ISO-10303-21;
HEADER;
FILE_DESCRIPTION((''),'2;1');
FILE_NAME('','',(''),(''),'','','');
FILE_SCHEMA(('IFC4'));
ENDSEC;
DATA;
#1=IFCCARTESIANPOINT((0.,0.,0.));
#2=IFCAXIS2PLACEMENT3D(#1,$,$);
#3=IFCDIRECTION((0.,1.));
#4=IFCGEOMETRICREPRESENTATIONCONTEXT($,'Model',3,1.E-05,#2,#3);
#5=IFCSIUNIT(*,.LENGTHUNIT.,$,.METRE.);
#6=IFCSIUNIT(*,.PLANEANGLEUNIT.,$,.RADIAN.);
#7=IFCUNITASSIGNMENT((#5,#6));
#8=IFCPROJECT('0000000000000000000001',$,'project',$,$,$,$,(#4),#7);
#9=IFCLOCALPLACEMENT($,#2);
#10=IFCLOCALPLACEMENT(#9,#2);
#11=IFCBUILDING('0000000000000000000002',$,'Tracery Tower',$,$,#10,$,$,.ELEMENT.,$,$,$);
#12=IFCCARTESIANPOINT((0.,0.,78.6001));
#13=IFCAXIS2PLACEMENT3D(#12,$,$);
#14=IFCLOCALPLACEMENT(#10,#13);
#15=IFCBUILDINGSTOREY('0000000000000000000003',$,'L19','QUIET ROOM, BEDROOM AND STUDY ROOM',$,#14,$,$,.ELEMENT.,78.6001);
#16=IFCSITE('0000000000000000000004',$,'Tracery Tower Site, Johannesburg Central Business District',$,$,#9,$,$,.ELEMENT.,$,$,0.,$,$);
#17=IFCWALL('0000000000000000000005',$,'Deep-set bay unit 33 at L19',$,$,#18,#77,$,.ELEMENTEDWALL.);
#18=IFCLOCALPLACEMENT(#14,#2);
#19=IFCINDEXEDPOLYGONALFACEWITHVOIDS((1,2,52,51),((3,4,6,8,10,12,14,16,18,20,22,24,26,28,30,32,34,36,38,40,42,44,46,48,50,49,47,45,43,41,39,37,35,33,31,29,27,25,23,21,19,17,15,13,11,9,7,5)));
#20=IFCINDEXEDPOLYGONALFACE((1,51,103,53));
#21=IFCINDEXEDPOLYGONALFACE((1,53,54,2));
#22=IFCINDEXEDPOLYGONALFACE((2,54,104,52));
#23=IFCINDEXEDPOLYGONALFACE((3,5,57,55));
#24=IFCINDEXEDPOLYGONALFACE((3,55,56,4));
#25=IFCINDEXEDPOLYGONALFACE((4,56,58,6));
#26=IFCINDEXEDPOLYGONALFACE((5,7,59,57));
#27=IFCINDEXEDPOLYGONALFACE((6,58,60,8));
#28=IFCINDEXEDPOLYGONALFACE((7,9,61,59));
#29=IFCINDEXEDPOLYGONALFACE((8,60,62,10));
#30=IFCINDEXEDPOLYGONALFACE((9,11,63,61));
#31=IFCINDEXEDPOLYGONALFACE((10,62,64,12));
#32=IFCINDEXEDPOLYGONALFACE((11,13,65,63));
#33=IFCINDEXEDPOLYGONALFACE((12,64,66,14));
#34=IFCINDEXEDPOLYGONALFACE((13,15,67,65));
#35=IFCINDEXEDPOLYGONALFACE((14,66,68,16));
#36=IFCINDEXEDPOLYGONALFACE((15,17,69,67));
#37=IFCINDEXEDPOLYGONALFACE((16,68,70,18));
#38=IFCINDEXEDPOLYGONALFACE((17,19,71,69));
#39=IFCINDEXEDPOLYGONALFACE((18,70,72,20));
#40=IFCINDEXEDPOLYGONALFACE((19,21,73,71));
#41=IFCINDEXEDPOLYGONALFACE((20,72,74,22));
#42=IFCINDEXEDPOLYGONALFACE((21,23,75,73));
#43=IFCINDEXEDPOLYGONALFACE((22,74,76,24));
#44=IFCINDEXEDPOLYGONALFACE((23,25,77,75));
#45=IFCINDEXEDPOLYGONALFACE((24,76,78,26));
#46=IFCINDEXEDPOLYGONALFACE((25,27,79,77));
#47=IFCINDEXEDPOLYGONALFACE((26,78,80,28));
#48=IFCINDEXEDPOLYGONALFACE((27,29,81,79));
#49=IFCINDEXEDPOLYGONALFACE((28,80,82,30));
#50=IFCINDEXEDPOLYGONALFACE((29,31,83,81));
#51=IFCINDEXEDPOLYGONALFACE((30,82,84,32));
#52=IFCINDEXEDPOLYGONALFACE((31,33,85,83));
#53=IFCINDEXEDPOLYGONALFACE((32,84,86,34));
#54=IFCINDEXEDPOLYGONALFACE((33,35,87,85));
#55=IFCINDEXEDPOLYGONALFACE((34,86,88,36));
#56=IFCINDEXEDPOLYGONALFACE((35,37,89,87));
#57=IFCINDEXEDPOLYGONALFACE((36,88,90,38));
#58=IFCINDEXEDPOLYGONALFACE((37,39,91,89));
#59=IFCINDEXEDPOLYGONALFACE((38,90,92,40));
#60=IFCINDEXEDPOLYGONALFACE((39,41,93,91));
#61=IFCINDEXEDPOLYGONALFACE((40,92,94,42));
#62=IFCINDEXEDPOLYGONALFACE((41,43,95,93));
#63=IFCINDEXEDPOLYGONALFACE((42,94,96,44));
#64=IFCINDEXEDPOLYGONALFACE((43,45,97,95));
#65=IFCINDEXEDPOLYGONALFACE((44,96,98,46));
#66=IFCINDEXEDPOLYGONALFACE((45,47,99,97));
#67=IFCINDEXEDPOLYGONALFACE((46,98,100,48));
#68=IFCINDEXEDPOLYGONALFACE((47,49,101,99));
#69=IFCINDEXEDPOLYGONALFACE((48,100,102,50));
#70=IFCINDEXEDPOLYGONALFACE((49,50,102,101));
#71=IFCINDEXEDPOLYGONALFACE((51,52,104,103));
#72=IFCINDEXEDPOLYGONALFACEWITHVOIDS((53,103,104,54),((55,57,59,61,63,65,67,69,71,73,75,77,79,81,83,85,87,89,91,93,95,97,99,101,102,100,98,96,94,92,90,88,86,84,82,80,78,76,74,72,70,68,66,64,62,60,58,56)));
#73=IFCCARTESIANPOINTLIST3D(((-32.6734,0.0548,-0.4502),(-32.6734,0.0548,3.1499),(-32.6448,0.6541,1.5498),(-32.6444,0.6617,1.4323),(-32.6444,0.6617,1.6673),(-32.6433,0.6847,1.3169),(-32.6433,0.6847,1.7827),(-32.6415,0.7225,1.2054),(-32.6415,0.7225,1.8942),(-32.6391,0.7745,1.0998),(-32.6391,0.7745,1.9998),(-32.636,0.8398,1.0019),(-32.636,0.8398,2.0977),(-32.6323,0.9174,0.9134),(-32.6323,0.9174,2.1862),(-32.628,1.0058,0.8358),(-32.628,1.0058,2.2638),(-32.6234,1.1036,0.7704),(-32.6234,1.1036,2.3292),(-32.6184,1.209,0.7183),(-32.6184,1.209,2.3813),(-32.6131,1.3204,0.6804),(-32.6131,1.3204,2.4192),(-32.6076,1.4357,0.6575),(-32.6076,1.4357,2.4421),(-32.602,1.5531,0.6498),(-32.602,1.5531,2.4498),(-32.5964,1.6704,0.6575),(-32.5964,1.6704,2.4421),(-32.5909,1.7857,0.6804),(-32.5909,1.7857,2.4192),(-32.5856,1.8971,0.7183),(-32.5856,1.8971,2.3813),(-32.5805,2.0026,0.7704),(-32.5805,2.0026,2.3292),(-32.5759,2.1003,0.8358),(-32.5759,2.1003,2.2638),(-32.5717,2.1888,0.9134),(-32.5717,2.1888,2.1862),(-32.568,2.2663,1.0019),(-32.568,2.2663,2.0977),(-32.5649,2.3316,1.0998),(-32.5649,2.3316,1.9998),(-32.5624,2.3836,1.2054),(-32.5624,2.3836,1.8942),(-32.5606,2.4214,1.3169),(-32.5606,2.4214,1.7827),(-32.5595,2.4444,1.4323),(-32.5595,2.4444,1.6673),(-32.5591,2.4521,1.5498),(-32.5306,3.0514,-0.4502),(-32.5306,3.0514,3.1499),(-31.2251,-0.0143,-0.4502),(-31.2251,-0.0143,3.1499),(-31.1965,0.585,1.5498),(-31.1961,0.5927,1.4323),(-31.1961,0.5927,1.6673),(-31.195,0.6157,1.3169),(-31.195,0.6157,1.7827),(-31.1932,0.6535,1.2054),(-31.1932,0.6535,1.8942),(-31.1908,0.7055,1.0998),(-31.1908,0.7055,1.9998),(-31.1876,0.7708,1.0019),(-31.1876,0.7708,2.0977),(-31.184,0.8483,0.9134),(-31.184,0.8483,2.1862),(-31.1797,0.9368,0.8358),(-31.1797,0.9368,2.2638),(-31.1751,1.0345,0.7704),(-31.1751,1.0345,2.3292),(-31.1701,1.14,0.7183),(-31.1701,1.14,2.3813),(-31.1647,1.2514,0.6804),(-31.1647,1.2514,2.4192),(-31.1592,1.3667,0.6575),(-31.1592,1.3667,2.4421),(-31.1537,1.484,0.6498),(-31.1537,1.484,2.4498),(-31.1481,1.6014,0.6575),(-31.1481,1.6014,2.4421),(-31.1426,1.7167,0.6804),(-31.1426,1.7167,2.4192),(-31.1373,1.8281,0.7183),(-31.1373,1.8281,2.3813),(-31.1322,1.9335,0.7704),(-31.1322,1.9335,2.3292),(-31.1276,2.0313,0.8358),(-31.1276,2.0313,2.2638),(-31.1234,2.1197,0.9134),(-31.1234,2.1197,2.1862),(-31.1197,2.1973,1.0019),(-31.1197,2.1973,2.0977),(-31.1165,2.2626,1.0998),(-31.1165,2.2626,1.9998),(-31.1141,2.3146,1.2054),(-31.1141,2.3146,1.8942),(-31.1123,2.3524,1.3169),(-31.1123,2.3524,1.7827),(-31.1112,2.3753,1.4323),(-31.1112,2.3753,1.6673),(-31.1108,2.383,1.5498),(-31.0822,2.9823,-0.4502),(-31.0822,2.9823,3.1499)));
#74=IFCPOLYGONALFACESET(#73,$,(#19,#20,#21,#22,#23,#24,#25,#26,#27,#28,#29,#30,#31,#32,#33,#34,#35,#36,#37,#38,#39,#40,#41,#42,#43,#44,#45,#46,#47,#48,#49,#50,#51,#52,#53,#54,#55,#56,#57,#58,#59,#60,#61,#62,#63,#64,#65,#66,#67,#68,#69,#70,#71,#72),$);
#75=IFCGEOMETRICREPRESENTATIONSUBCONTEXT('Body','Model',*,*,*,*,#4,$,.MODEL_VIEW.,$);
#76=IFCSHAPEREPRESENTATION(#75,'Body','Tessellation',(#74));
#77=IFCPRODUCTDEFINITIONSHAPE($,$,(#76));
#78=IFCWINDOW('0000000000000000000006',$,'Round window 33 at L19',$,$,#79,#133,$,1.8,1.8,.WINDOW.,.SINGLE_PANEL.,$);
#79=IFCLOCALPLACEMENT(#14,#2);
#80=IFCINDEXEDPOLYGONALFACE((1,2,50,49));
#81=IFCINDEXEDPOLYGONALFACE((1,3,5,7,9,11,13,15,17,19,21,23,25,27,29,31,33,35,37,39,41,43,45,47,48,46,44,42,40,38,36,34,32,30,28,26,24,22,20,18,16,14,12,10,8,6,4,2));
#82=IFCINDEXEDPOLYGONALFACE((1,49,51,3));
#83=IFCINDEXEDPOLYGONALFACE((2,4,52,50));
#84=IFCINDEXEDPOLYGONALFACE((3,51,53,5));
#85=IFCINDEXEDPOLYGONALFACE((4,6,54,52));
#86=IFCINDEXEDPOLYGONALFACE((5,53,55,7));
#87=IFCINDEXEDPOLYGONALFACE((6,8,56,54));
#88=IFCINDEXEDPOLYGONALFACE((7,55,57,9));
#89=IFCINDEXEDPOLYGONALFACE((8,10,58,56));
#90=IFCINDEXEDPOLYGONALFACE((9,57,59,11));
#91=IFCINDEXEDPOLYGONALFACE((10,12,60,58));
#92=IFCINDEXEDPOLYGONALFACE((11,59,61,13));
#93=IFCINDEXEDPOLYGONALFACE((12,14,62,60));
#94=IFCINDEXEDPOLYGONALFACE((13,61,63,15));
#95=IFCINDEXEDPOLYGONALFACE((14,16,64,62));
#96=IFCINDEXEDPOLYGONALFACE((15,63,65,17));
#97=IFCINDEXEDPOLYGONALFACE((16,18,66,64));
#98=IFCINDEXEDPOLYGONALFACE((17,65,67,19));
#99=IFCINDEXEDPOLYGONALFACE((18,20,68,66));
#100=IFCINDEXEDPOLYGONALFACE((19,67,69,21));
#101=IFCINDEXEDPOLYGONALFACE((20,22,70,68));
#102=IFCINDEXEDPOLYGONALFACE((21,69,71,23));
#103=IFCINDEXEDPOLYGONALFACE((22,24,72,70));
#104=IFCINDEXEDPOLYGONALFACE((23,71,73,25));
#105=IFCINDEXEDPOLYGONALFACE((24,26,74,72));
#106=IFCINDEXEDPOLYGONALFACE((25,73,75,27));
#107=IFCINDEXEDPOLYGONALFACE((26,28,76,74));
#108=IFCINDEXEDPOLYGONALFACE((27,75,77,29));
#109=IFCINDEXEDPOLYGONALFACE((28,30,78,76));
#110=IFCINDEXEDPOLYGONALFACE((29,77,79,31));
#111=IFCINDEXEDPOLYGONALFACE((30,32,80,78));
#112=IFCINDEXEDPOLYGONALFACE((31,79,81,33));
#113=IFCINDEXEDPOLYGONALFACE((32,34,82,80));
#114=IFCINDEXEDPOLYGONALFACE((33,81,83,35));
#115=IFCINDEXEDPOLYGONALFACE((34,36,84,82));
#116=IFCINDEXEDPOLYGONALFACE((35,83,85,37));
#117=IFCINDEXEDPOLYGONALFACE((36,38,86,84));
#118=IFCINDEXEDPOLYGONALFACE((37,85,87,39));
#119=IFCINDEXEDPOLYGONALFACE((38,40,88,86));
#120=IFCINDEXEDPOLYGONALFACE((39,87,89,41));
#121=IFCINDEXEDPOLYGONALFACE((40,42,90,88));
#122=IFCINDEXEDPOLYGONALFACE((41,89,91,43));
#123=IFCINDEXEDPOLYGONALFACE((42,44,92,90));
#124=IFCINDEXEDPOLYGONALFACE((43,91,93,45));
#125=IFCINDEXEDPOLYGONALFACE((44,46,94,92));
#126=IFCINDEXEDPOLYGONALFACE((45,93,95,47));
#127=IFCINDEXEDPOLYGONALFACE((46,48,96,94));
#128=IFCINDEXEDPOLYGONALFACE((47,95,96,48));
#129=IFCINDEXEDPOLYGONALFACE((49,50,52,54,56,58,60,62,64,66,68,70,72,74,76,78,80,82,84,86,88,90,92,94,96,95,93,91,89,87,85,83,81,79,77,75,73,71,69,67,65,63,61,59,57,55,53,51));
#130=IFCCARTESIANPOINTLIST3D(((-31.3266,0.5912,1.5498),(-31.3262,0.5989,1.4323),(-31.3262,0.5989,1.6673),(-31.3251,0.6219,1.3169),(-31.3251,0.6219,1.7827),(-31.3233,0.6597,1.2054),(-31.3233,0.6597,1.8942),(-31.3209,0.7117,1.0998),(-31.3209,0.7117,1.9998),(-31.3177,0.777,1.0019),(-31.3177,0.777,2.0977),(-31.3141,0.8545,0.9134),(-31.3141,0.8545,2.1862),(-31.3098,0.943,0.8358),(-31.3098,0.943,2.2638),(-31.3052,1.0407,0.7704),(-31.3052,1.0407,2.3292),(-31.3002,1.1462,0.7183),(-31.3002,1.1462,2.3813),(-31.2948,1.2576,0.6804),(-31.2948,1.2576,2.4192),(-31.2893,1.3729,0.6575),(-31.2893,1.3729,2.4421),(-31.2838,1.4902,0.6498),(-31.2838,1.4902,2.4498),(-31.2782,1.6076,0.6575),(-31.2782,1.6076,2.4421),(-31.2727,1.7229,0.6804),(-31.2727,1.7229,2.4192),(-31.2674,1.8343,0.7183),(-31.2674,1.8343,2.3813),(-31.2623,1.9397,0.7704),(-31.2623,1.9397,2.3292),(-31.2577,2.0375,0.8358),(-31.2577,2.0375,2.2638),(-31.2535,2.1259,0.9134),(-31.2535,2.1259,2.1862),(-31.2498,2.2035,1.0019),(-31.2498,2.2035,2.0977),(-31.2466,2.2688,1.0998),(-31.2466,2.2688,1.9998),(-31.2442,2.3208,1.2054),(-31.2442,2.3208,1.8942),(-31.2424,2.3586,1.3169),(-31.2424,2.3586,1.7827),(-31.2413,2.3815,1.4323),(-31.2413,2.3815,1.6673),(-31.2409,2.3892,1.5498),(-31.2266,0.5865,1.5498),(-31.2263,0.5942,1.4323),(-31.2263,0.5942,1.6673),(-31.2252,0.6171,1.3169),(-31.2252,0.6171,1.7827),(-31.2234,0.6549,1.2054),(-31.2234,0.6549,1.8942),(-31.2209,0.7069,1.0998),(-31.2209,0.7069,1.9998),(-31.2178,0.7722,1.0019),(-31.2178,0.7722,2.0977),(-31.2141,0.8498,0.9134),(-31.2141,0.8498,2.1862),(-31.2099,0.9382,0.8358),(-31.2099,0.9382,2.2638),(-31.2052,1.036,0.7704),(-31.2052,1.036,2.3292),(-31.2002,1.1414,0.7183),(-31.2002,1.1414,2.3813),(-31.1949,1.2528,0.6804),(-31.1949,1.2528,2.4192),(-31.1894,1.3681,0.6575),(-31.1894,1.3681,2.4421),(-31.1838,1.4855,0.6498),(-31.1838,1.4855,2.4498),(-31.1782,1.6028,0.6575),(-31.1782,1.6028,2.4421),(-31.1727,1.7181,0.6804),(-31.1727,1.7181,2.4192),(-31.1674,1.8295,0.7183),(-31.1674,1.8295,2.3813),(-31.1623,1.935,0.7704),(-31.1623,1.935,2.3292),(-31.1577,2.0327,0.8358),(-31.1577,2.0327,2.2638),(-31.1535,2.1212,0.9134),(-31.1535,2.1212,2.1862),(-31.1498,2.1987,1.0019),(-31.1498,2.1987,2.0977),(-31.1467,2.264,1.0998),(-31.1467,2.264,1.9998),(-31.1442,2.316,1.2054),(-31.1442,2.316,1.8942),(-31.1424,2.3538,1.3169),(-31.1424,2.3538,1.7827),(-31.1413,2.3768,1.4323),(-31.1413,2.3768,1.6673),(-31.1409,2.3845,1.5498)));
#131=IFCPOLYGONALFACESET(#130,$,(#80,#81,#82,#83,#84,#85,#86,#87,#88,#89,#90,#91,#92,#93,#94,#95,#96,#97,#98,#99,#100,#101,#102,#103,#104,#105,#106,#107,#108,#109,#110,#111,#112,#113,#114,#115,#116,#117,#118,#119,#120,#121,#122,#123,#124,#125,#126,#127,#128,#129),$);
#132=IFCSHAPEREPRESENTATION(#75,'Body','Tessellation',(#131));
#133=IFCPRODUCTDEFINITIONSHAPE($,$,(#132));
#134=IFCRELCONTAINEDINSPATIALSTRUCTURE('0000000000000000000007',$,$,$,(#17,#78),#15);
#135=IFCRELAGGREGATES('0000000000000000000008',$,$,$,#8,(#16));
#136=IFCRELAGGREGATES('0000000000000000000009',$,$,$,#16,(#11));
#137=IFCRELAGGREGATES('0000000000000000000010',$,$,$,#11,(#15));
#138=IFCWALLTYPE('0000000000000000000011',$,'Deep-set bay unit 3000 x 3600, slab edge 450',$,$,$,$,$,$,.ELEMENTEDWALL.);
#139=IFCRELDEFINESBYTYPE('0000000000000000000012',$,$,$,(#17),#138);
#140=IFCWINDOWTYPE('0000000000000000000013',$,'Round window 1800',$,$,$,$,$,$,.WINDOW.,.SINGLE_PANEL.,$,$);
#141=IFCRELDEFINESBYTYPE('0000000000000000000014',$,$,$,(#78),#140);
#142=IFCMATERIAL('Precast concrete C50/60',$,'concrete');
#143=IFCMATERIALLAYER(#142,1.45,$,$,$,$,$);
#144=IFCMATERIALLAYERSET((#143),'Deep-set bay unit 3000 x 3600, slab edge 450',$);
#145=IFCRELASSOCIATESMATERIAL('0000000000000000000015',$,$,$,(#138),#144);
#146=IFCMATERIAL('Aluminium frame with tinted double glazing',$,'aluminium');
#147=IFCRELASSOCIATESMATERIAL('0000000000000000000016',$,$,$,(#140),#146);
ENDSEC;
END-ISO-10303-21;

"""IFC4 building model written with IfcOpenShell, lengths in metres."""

from ifc_helpers import new_model, si_unit, direction, frame, frame_2d, origin, origin_2d, place, context, subcontext, project, spatial, rectangle, circle, extrude, material, layer, layer_set, type_object, element, fill, save


model = new_model("IFC4")

# Units and contexts
model_context = context("Model", 3, precision=1e-05, world=origin(), true_north=direction((0.0, 1.0)))
body_context = subcontext(model_context, "Body", "Model", "MODEL_VIEW")
ifc_project = project(units=[si_unit("LENGTHUNIT", "METRE"), si_unit("PLANEANGLEUNIT", "RADIAN")], contexts=[model_context])

# Site, building, storey
site_placement = place(None, origin())
site = spatial("IfcSite", under=ifc_project, at=site_placement, Name="Tracery Tower Site, Johannesburg Central Business District", CompositionType="ELEMENT", RefElevation=0.0)
building_placement = place(site_placement, origin())
building = spatial("IfcBuilding", under=site, at=building_placement, Name="Tracery Tower", CompositionType="ELEMENT")
storey_placement = place(building_placement, frame((0.0, 0.0, 78.6001)))
storey = spatial("IfcBuildingStorey", under=building, at=storey_placement, Name="L19", Description="QUIET ROOM, BEDROOM AND STUDY ROOM", CompositionType="ELEMENT", Elevation=78.6001)

# Wall, opening, window
ifc_material_1 = material(Name="Precast concrete C50/60", Category="concrete")
ifc_layer_1 = layer(ifc_material_1, 1.45)
ifc_layer_set_1 = layer_set([ifc_layer_1], Name="Deep-set bay unit 3000 x 3600, slab edge 450")
wall_type_1 = type_object("IfcWallType", Name="Deep-set bay unit 3000 x 3600, slab edge 450", PredefinedType="ELEMENTEDWALL", material=ifc_layer_set_1)
ifc_material_2 = material(Name="Aluminium frame with tinted double glazing", Category="aluminium")
window_type = type_object("IfcWindowType", Name="Round window 1800", PartitioningType="SINGLE_PANEL", PredefinedType="WINDOW", material=ifc_material_2)
wall_1_placement = place(storey_placement, frame((-31.8064, 3.0168, -0.4502), z_axis=(0.0, 0.0, 1.0), x_axis=(-0.047608, -0.998866, 0.0)))
wall_1 = element("IfcWall", 1, at=wall_1_placement, inside=storey, type_object=wall_type_1, Name="Deep-set bay unit 33 at L19", PredefinedType="ELEMENTEDWALL", context=body_context, shape_type="SweptSolid", body=[
    extrude(rectangle(XDim=3.0, YDim=1.45, at=frame_2d((1.5, 0.0))), origin(), (0.0, 0.0, 1.0), 3.6001),
])
opening_1_placement = place(wall_1_placement, frame((1.5, 0.0, 2.0)))
opening_1 = element("IfcOpeningElement", 2, at=opening_1_placement, cuts=wall_1, PredefinedType="OPENING", context=body_context, shape_type="SweptSolid", body=[
    extrude(circle(Radius=0.9, at=origin_2d()), frame((0.0, 0.7349, 0.0), z_axis=(0.0, -1.0, 0.0), x_axis=(1.0, 0.0, 0.0)), (0.0, 0.0, 1.0), 1.47),
])
window_1_placement = place(opening_1_placement, origin())
window_1 = element("IfcWindow", 3, at=window_1_placement, inside=storey, type_object=window_type, Name="Round window 33 at L19", OverallHeight=1.8, OverallWidth=1.8, PartitioningType="SINGLE_PANEL", PredefinedType="WINDOW", context=body_context, shape_type="SweptSolid", body=[
    extrude(circle(Radius=0.9, at=origin_2d()), frame((0.0, 0.6948, 0.0), z_axis=(0.0, -1.0, 0.0), x_axis=(1.0, 0.0, 0.0)), (0.0, 0.0, 1.0), 0.1001),
])
fill(opening_1, window_1)

save(model, "model.ifc")
